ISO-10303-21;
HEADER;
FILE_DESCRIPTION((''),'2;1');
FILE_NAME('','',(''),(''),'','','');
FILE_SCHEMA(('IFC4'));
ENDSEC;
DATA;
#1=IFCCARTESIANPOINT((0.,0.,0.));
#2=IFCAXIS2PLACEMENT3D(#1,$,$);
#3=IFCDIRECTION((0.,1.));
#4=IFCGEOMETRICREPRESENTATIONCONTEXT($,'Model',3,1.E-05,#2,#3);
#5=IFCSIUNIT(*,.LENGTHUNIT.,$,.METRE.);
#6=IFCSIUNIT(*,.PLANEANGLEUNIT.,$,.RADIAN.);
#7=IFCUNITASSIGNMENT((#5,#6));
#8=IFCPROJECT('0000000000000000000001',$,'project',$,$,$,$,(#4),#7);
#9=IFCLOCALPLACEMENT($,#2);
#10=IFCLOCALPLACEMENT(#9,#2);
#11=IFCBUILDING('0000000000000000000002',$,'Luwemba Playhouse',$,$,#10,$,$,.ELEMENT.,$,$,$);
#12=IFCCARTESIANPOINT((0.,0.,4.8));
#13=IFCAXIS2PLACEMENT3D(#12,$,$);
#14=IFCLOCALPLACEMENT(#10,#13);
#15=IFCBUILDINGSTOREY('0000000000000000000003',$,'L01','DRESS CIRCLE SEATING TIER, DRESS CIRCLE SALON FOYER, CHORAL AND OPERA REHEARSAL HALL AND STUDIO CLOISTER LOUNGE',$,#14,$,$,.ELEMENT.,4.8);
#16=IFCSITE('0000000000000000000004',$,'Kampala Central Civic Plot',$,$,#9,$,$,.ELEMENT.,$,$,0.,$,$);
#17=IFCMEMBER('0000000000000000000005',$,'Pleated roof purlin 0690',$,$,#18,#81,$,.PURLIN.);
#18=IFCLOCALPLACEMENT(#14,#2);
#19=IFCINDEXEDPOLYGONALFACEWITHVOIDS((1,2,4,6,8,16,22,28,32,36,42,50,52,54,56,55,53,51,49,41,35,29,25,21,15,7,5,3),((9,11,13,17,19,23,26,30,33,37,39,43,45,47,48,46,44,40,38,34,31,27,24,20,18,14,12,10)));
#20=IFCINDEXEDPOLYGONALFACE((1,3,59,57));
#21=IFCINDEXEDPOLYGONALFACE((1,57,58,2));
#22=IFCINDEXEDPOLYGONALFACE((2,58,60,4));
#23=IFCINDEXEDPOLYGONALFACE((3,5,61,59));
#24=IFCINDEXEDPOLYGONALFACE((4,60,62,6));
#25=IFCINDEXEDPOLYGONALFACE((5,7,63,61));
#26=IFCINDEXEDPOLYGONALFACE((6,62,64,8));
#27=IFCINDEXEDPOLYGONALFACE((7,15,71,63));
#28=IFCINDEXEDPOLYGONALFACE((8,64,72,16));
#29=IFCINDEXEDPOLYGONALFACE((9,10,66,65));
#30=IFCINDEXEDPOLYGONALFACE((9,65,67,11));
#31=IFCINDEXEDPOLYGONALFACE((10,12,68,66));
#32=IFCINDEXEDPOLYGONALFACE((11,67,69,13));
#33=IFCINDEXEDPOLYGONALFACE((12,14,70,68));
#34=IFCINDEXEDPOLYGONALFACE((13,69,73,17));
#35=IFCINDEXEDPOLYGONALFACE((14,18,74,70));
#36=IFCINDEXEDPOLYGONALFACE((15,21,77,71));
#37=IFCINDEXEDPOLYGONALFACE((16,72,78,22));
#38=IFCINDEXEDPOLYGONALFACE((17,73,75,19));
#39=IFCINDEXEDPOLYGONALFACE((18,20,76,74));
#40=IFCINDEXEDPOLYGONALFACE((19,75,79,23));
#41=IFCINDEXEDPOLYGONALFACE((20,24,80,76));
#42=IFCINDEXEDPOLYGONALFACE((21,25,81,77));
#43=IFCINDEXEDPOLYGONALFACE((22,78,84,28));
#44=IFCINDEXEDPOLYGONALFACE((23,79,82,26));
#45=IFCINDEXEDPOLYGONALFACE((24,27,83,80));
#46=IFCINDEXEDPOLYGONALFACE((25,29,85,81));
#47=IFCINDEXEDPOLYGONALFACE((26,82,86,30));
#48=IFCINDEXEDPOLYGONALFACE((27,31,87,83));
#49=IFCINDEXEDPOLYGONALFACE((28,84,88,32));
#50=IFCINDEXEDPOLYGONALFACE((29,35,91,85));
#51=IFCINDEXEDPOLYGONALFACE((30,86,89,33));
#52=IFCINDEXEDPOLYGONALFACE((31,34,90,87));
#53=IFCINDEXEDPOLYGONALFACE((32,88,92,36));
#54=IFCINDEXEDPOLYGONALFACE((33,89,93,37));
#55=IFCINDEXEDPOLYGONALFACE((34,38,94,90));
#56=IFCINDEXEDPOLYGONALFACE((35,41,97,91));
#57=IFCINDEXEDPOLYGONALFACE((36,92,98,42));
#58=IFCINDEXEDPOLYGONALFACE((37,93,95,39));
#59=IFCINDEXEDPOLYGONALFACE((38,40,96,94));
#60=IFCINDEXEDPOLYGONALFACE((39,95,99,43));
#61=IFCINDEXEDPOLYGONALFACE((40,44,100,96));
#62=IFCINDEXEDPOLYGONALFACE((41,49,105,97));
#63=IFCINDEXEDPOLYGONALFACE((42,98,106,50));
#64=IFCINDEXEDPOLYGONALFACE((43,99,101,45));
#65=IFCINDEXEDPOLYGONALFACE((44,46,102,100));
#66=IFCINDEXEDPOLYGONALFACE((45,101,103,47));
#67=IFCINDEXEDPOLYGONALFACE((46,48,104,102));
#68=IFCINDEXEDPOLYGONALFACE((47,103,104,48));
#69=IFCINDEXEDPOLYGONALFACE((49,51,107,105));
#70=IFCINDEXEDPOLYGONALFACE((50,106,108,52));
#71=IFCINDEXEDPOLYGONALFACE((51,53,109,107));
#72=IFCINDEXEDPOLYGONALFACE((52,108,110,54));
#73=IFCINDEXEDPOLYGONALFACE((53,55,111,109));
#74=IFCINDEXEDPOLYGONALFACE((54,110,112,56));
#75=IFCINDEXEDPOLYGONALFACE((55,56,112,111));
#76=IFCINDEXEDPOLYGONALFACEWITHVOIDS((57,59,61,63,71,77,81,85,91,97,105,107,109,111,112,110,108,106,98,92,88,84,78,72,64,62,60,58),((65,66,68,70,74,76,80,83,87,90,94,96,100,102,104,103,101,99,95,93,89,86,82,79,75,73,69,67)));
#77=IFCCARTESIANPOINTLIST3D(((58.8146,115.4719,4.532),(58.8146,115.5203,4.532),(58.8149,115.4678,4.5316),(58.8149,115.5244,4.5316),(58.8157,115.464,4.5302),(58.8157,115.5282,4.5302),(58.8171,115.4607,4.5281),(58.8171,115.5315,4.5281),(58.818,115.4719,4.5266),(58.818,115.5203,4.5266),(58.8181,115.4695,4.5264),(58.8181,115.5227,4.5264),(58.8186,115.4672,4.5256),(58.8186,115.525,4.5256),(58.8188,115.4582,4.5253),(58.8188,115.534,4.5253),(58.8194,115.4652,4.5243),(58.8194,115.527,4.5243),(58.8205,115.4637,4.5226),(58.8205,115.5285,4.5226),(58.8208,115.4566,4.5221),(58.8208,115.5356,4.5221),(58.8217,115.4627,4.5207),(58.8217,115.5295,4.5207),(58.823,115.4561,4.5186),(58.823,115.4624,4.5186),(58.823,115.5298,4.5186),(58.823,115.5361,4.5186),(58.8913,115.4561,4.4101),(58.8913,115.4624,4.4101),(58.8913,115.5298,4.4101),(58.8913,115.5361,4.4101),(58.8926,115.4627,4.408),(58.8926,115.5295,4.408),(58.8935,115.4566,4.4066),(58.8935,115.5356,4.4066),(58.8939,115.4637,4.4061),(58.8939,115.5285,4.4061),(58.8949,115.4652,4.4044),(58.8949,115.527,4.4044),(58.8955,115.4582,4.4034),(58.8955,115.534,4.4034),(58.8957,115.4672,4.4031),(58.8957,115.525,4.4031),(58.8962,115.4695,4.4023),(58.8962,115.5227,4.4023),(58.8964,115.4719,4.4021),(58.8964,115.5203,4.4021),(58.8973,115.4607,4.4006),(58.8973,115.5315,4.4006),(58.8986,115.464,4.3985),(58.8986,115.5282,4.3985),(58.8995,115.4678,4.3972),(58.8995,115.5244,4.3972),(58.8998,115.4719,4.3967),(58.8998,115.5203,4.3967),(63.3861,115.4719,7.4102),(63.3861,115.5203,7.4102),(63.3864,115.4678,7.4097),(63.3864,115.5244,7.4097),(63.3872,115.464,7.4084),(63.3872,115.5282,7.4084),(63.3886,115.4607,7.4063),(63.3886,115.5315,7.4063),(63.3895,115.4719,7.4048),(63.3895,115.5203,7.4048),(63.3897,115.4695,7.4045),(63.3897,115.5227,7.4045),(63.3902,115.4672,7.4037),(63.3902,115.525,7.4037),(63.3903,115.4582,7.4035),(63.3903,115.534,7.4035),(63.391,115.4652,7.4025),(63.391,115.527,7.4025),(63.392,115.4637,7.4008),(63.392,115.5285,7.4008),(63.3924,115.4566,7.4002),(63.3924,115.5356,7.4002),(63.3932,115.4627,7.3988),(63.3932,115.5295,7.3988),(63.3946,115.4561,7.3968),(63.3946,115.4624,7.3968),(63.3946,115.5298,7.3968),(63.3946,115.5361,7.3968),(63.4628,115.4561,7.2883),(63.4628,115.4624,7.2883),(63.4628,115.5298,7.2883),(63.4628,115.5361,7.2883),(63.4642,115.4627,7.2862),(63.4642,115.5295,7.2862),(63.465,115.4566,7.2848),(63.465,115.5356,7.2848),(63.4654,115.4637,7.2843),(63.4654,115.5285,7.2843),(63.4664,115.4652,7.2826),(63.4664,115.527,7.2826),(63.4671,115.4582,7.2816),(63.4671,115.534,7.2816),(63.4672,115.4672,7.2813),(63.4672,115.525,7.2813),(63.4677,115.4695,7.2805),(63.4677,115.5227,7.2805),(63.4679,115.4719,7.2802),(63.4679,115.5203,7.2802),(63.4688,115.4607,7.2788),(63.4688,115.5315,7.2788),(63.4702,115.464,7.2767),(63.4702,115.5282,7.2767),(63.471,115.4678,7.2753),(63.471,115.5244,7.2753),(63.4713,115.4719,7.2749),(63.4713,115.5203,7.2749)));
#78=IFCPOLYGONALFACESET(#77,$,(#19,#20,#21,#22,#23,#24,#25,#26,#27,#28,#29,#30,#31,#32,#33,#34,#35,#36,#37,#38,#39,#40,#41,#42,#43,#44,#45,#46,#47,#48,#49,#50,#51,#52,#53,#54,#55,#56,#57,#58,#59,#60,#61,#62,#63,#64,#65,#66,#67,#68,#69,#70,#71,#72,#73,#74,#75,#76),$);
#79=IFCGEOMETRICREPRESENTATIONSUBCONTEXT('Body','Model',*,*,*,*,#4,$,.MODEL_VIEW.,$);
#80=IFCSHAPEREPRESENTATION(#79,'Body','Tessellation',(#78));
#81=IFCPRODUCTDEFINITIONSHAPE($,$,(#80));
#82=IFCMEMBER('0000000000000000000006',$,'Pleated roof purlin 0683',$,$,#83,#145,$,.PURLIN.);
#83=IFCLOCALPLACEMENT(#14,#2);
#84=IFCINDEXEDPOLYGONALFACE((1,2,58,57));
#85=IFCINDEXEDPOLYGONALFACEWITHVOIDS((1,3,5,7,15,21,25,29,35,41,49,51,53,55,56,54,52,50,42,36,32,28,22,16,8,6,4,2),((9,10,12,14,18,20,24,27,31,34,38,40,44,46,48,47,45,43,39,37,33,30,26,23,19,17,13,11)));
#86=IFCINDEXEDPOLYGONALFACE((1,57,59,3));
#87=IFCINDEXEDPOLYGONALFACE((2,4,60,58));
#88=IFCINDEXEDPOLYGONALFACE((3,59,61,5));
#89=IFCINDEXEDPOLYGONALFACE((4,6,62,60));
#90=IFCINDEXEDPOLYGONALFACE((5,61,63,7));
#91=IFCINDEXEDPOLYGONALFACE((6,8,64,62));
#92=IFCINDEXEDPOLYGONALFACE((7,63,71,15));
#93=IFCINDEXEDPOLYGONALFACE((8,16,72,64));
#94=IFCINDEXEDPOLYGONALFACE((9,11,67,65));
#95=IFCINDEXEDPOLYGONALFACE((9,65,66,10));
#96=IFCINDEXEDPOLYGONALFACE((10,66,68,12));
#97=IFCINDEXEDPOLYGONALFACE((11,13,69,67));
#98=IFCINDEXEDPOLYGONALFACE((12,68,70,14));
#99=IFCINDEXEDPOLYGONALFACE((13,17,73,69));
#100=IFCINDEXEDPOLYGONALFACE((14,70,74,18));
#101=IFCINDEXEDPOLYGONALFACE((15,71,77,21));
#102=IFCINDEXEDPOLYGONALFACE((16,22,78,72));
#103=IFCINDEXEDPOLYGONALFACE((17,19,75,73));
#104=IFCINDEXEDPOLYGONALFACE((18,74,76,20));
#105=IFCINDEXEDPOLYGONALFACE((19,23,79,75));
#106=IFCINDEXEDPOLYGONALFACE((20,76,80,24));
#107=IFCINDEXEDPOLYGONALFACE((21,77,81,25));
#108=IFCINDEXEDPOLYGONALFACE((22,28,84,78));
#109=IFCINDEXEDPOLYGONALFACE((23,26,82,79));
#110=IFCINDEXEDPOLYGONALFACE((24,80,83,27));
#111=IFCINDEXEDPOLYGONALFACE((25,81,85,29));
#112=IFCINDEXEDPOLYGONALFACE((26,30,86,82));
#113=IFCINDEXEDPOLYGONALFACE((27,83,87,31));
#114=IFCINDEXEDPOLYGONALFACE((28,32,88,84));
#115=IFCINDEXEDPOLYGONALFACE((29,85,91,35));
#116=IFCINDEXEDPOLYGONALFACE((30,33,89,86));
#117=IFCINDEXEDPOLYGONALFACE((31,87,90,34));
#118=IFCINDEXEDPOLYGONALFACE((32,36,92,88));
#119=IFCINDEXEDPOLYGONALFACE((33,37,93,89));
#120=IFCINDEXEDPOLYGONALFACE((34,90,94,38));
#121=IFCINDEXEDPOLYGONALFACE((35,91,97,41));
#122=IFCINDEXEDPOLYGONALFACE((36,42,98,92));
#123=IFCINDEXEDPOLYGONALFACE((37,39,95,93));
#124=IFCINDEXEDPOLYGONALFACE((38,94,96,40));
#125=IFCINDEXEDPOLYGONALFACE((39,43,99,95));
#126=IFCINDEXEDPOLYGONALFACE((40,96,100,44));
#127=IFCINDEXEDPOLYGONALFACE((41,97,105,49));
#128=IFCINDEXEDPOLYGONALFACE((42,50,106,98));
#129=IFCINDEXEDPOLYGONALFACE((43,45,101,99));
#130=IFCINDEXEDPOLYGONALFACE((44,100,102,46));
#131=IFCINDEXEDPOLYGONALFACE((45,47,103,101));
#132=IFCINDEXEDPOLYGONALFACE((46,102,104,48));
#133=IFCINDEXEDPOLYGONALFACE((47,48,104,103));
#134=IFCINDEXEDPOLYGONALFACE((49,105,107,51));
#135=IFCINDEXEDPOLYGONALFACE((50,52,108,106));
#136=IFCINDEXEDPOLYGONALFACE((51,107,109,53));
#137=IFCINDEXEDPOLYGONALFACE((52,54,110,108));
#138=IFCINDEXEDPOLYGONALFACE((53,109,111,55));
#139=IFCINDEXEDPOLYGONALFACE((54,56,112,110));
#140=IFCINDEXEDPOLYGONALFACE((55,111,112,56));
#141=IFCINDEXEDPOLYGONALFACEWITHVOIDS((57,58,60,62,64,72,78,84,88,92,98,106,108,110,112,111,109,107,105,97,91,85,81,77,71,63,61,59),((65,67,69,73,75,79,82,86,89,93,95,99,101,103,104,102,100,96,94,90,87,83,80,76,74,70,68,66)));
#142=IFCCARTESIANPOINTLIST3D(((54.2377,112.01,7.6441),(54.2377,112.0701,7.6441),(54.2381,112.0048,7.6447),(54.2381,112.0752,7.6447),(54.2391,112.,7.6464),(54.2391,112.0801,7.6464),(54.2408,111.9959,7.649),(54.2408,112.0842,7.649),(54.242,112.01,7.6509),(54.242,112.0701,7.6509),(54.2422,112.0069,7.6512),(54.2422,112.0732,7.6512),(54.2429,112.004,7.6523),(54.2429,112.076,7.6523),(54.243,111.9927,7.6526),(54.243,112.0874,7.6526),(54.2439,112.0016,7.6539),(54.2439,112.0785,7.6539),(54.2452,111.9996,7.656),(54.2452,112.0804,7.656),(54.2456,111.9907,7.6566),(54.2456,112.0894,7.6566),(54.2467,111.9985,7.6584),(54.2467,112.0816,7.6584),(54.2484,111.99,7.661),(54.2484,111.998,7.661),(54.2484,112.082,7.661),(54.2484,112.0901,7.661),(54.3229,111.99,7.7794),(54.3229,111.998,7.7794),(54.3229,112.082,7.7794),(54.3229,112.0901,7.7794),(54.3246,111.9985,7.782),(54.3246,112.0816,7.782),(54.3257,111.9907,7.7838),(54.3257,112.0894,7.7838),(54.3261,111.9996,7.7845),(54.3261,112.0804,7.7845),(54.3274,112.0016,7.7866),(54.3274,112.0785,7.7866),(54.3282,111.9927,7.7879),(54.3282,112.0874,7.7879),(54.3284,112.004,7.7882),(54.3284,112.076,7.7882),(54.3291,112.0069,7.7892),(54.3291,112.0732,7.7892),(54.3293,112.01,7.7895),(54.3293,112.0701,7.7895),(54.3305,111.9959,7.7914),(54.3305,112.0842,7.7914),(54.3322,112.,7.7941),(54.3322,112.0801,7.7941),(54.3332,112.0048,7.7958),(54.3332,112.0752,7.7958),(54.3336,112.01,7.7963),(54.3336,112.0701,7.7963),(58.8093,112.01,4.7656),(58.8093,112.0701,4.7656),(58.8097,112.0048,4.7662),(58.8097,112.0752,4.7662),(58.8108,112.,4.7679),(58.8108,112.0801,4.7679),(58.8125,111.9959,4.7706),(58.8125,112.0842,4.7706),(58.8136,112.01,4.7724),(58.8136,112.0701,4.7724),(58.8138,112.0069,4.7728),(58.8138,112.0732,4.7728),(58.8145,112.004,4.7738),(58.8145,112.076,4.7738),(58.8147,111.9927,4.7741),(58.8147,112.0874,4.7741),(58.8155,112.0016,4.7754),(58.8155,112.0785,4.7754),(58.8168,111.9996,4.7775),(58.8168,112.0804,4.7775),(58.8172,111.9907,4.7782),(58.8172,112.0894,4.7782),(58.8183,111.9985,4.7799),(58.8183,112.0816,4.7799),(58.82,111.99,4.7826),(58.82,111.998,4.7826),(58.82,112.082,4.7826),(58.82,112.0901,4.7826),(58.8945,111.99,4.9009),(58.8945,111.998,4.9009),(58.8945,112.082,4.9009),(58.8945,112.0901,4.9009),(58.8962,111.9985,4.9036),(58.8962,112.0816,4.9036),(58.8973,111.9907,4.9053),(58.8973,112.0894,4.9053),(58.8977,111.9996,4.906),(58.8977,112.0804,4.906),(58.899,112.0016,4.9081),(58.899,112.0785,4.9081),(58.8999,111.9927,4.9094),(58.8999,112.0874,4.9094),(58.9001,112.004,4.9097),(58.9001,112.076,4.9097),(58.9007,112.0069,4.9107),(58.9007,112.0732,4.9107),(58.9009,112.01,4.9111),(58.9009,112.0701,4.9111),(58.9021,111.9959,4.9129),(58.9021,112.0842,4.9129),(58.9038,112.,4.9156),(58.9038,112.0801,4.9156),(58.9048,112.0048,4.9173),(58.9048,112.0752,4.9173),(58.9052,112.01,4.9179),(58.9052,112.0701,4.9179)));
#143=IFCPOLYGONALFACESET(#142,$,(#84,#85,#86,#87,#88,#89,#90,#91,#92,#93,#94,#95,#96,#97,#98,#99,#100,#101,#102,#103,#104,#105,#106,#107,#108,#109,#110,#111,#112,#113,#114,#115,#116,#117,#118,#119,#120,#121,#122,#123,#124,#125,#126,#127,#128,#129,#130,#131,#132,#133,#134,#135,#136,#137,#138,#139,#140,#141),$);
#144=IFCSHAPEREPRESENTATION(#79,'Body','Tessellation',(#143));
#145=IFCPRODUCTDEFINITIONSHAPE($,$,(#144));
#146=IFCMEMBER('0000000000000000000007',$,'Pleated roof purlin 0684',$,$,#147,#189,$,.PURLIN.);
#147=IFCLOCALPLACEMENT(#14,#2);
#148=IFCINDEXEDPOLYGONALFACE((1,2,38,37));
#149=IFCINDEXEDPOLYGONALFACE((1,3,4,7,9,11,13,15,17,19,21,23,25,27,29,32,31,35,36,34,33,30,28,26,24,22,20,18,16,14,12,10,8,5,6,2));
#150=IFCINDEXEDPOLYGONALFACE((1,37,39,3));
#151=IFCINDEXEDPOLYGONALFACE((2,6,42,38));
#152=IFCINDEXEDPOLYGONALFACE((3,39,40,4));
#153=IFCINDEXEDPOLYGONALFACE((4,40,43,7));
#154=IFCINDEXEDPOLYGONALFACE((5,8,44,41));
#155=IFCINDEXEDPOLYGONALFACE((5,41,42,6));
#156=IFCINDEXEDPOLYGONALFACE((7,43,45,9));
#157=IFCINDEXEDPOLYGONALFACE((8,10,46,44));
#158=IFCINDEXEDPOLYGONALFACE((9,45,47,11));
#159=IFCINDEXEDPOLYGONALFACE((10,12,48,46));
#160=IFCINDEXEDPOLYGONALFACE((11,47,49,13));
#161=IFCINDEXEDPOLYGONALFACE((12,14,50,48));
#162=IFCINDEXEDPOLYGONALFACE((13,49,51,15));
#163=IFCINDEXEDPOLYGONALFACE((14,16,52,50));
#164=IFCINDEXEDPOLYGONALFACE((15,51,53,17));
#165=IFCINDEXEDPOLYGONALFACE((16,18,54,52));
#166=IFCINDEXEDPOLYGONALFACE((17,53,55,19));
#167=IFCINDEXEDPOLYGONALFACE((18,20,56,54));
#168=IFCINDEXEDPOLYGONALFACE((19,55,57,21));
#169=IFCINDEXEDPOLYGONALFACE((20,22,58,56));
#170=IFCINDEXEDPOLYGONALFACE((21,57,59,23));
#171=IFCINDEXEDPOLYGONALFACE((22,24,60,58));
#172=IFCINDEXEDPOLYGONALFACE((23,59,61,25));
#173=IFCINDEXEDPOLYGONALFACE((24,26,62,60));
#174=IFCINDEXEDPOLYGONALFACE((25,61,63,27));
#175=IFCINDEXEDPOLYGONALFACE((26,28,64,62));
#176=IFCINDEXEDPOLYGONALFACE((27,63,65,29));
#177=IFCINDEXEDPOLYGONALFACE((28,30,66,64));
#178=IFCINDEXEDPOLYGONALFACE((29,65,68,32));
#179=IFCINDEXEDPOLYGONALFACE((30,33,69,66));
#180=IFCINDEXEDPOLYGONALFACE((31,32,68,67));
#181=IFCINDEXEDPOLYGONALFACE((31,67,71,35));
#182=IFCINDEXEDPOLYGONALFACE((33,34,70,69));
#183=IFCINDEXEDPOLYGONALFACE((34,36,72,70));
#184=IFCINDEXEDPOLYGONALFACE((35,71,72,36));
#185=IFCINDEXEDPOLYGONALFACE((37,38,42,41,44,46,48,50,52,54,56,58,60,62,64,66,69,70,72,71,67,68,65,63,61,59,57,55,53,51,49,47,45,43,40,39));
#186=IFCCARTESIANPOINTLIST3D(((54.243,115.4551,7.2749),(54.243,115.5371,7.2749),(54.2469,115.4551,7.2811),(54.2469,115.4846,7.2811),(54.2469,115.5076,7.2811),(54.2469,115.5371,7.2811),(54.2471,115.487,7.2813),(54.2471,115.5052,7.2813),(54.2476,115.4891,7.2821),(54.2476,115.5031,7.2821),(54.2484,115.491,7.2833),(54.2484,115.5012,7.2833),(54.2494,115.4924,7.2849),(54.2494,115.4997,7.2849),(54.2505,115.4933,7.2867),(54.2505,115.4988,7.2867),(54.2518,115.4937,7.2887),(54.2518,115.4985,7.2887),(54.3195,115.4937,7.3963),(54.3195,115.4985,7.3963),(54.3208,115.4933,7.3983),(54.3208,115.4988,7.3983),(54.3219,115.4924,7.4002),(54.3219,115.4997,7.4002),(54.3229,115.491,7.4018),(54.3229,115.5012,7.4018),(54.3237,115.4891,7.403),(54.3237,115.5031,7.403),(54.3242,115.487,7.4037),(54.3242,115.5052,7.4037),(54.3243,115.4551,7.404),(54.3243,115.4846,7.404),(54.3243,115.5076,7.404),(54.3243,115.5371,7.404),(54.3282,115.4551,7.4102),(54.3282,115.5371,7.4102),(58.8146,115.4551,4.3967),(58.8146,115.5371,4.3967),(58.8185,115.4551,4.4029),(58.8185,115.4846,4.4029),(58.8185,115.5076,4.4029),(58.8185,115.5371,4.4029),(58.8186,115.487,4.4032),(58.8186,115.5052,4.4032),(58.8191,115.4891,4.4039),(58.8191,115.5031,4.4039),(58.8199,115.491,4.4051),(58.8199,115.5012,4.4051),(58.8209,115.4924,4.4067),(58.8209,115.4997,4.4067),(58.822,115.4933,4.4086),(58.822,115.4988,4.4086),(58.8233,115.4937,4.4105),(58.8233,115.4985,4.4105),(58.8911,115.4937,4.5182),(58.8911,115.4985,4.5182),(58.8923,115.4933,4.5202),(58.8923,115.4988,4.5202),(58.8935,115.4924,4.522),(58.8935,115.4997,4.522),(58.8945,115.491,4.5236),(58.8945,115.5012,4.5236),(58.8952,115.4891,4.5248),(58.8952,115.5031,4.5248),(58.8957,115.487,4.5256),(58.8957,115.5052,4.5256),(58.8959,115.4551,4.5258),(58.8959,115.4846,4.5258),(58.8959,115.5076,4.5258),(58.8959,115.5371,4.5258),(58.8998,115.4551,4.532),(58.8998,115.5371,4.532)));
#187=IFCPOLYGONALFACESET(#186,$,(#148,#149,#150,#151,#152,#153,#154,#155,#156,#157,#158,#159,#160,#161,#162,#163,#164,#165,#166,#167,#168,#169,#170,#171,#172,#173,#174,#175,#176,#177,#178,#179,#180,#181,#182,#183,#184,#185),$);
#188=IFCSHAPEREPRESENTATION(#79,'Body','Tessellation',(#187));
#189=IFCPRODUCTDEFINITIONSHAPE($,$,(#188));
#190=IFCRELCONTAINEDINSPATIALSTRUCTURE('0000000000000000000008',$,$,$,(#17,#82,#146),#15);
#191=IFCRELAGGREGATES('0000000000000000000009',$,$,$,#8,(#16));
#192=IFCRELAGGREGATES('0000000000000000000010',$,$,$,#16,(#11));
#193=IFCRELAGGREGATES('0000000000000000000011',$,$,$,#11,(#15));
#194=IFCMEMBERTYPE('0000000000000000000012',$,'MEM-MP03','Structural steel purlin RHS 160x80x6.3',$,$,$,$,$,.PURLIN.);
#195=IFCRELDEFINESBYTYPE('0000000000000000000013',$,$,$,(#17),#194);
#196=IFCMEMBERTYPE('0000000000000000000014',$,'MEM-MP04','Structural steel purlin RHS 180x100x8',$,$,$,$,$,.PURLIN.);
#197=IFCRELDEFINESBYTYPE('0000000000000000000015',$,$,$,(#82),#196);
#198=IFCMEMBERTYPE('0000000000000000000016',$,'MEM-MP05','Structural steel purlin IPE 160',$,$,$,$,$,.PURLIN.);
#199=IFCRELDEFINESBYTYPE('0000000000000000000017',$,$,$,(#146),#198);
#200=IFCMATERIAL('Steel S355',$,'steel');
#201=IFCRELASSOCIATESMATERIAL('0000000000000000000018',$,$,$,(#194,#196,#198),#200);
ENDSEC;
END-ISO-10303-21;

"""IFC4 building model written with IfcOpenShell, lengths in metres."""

from ifc_helpers import new_model, si_unit, direction, frame, origin, origin_2d, place, context, subcontext, project, spatial, hollow_rectangle, i_section, extrude, material, material_profile, profile_set, type_object, element, save


model = new_model("IFC4")

# Units and contexts
model_context = context("Model", 3, precision=1e-05, world=origin(), true_north=direction((0.0, 1.0)))
body_context = subcontext(model_context, "Body", "Model", "MODEL_VIEW")
ifc_project = project(units=[si_unit("LENGTHUNIT", "METRE"), si_unit("PLANEANGLEUNIT", "RADIAN")], contexts=[model_context])

# Site, building, storey
site_placement = place(None, origin())
site = spatial("IfcSite", under=ifc_project, at=site_placement, Name="Kampala Central Civic Plot", CompositionType="ELEMENT", RefElevation=0.0)
building_placement = place(site_placement, origin())
building = spatial("IfcBuilding", under=site, at=building_placement, Name="Luwemba Playhouse", CompositionType="ELEMENT")
storey_placement = place(building_placement, frame((0.0, 0.0, 4.8)))
storey = spatial("IfcBuildingStorey", under=building, at=storey_placement, Name="L01", Description="DRESS CIRCLE SEATING TIER, DRESS CIRCLE SALON FOYER, CHORAL AND OPERA REHEARSAL HALL AND STUDIO CLOISTER LOUNGE", CompositionType="ELEMENT", Elevation=4.8)

# Shared definitions
ifc_material_1 = material(Name="Steel S355", Category="steel")

# Members
ifc_material_profile_1 = material_profile(ifc_material_1, hollow_rectangle(XDim=0.0801, YDim=0.1599, WallThickness=0.0063, InnerFilletRadius=0.0095, OuterFilletRadius=0.0159, at=origin_2d()))
ifc_profile_set_1 = profile_set([ifc_material_profile_1], Name="Steel S355")
member_type_1 = type_object("IfcMemberType", Name="MEM-MP03", Description="Structural steel purlin RHS 160x80x6.3", PredefinedType="PURLIN", material=ifc_profile_set_1)
member_1_placement = place(storey_placement, frame((58.8572, 115.4961, 4.4644), z_axis=(0.846249, 0.0, 0.532787), x_axis=(0.0, 1.0, 0.0)))
element("IfcMember", 1, at=member_1_placement, inside=storey, type_object=member_type_1, Name="Pleated roof purlin 0690", PredefinedType="PURLIN", context=body_context, shape_type="SweptSolid", body=[
    extrude(hollow_rectangle(XDim=0.0801, YDim=0.1599, WallThickness=0.0063, InnerFilletRadius=0.0095, OuterFilletRadius=0.0159, at=origin_2d()), origin(), (0.0, 0.0, 1.0), 5.4021),
])
ifc_material_profile_2 = material_profile(ifc_material_1, hollow_rectangle(XDim=0.1001, YDim=0.1799, WallThickness=0.0081, InnerFilletRadius=0.012, OuterFilletRadius=0.02, at=origin_2d()))
ifc_profile_set_2 = profile_set([ifc_material_profile_2], Name="Steel S355")
member_type_2 = type_object("IfcMemberType", Name="MEM-MP04", Description="Structural steel purlin RHS 180x100x8", PredefinedType="PURLIN", material=ifc_profile_set_2)
member_2_placement = place(storey_placement, frame((54.2856, 112.04, 7.7202), z_axis=(0.846229, 0.0, -0.532819), x_axis=(0.0, 1.0, 0.0)))
element("IfcMember", 2, at=member_2_placement, inside=storey, type_object=member_type_2, Name="Pleated roof purlin 0683", PredefinedType="PURLIN", context=body_context, shape_type="SweptSolid", body=[
    extrude(hollow_rectangle(XDim=0.1001, YDim=0.1799, WallThickness=0.0081, InnerFilletRadius=0.012, OuterFilletRadius=0.02, at=origin_2d()), origin(), (0.0, 0.0, 1.0), 5.4023),
])
ifc_material_profile_3 = material_profile(ifc_material_1, i_section(OverallWidth=0.082, OverallDepth=0.1599, WebThickness=0.0049, FlangeThickness=0.0073, FilletRadius=0.009, at=origin_2d()))
ifc_profile_set_3 = profile_set([ifc_material_profile_3], Name="Steel S355")
member_type_3 = type_object("IfcMemberType", Name="MEM-MP05", Description="Structural steel purlin IPE 160", PredefinedType="PURLIN", material=ifc_profile_set_3)
member_3_placement = place(storey_placement, frame((54.2856, 115.4961, 7.3425), z_axis=(0.846249, 0.0, -0.532787), x_axis=(0.0, 1.0, 0.0)))
element("IfcMember", 3, at=member_3_placement, inside=storey, type_object=member_type_3, Name="Pleated roof purlin 0684", PredefinedType="PURLIN", context=body_context, shape_type="SweptSolid", body=[
    extrude(i_section(OverallWidth=0.082, OverallDepth=0.1599, WebThickness=0.0049, FlangeThickness=0.0073, FilletRadius=0.009, at=origin_2d()), origin(), (0.0, 0.0, 1.0), 5.4021),
])

save(model, "model.ifc")
